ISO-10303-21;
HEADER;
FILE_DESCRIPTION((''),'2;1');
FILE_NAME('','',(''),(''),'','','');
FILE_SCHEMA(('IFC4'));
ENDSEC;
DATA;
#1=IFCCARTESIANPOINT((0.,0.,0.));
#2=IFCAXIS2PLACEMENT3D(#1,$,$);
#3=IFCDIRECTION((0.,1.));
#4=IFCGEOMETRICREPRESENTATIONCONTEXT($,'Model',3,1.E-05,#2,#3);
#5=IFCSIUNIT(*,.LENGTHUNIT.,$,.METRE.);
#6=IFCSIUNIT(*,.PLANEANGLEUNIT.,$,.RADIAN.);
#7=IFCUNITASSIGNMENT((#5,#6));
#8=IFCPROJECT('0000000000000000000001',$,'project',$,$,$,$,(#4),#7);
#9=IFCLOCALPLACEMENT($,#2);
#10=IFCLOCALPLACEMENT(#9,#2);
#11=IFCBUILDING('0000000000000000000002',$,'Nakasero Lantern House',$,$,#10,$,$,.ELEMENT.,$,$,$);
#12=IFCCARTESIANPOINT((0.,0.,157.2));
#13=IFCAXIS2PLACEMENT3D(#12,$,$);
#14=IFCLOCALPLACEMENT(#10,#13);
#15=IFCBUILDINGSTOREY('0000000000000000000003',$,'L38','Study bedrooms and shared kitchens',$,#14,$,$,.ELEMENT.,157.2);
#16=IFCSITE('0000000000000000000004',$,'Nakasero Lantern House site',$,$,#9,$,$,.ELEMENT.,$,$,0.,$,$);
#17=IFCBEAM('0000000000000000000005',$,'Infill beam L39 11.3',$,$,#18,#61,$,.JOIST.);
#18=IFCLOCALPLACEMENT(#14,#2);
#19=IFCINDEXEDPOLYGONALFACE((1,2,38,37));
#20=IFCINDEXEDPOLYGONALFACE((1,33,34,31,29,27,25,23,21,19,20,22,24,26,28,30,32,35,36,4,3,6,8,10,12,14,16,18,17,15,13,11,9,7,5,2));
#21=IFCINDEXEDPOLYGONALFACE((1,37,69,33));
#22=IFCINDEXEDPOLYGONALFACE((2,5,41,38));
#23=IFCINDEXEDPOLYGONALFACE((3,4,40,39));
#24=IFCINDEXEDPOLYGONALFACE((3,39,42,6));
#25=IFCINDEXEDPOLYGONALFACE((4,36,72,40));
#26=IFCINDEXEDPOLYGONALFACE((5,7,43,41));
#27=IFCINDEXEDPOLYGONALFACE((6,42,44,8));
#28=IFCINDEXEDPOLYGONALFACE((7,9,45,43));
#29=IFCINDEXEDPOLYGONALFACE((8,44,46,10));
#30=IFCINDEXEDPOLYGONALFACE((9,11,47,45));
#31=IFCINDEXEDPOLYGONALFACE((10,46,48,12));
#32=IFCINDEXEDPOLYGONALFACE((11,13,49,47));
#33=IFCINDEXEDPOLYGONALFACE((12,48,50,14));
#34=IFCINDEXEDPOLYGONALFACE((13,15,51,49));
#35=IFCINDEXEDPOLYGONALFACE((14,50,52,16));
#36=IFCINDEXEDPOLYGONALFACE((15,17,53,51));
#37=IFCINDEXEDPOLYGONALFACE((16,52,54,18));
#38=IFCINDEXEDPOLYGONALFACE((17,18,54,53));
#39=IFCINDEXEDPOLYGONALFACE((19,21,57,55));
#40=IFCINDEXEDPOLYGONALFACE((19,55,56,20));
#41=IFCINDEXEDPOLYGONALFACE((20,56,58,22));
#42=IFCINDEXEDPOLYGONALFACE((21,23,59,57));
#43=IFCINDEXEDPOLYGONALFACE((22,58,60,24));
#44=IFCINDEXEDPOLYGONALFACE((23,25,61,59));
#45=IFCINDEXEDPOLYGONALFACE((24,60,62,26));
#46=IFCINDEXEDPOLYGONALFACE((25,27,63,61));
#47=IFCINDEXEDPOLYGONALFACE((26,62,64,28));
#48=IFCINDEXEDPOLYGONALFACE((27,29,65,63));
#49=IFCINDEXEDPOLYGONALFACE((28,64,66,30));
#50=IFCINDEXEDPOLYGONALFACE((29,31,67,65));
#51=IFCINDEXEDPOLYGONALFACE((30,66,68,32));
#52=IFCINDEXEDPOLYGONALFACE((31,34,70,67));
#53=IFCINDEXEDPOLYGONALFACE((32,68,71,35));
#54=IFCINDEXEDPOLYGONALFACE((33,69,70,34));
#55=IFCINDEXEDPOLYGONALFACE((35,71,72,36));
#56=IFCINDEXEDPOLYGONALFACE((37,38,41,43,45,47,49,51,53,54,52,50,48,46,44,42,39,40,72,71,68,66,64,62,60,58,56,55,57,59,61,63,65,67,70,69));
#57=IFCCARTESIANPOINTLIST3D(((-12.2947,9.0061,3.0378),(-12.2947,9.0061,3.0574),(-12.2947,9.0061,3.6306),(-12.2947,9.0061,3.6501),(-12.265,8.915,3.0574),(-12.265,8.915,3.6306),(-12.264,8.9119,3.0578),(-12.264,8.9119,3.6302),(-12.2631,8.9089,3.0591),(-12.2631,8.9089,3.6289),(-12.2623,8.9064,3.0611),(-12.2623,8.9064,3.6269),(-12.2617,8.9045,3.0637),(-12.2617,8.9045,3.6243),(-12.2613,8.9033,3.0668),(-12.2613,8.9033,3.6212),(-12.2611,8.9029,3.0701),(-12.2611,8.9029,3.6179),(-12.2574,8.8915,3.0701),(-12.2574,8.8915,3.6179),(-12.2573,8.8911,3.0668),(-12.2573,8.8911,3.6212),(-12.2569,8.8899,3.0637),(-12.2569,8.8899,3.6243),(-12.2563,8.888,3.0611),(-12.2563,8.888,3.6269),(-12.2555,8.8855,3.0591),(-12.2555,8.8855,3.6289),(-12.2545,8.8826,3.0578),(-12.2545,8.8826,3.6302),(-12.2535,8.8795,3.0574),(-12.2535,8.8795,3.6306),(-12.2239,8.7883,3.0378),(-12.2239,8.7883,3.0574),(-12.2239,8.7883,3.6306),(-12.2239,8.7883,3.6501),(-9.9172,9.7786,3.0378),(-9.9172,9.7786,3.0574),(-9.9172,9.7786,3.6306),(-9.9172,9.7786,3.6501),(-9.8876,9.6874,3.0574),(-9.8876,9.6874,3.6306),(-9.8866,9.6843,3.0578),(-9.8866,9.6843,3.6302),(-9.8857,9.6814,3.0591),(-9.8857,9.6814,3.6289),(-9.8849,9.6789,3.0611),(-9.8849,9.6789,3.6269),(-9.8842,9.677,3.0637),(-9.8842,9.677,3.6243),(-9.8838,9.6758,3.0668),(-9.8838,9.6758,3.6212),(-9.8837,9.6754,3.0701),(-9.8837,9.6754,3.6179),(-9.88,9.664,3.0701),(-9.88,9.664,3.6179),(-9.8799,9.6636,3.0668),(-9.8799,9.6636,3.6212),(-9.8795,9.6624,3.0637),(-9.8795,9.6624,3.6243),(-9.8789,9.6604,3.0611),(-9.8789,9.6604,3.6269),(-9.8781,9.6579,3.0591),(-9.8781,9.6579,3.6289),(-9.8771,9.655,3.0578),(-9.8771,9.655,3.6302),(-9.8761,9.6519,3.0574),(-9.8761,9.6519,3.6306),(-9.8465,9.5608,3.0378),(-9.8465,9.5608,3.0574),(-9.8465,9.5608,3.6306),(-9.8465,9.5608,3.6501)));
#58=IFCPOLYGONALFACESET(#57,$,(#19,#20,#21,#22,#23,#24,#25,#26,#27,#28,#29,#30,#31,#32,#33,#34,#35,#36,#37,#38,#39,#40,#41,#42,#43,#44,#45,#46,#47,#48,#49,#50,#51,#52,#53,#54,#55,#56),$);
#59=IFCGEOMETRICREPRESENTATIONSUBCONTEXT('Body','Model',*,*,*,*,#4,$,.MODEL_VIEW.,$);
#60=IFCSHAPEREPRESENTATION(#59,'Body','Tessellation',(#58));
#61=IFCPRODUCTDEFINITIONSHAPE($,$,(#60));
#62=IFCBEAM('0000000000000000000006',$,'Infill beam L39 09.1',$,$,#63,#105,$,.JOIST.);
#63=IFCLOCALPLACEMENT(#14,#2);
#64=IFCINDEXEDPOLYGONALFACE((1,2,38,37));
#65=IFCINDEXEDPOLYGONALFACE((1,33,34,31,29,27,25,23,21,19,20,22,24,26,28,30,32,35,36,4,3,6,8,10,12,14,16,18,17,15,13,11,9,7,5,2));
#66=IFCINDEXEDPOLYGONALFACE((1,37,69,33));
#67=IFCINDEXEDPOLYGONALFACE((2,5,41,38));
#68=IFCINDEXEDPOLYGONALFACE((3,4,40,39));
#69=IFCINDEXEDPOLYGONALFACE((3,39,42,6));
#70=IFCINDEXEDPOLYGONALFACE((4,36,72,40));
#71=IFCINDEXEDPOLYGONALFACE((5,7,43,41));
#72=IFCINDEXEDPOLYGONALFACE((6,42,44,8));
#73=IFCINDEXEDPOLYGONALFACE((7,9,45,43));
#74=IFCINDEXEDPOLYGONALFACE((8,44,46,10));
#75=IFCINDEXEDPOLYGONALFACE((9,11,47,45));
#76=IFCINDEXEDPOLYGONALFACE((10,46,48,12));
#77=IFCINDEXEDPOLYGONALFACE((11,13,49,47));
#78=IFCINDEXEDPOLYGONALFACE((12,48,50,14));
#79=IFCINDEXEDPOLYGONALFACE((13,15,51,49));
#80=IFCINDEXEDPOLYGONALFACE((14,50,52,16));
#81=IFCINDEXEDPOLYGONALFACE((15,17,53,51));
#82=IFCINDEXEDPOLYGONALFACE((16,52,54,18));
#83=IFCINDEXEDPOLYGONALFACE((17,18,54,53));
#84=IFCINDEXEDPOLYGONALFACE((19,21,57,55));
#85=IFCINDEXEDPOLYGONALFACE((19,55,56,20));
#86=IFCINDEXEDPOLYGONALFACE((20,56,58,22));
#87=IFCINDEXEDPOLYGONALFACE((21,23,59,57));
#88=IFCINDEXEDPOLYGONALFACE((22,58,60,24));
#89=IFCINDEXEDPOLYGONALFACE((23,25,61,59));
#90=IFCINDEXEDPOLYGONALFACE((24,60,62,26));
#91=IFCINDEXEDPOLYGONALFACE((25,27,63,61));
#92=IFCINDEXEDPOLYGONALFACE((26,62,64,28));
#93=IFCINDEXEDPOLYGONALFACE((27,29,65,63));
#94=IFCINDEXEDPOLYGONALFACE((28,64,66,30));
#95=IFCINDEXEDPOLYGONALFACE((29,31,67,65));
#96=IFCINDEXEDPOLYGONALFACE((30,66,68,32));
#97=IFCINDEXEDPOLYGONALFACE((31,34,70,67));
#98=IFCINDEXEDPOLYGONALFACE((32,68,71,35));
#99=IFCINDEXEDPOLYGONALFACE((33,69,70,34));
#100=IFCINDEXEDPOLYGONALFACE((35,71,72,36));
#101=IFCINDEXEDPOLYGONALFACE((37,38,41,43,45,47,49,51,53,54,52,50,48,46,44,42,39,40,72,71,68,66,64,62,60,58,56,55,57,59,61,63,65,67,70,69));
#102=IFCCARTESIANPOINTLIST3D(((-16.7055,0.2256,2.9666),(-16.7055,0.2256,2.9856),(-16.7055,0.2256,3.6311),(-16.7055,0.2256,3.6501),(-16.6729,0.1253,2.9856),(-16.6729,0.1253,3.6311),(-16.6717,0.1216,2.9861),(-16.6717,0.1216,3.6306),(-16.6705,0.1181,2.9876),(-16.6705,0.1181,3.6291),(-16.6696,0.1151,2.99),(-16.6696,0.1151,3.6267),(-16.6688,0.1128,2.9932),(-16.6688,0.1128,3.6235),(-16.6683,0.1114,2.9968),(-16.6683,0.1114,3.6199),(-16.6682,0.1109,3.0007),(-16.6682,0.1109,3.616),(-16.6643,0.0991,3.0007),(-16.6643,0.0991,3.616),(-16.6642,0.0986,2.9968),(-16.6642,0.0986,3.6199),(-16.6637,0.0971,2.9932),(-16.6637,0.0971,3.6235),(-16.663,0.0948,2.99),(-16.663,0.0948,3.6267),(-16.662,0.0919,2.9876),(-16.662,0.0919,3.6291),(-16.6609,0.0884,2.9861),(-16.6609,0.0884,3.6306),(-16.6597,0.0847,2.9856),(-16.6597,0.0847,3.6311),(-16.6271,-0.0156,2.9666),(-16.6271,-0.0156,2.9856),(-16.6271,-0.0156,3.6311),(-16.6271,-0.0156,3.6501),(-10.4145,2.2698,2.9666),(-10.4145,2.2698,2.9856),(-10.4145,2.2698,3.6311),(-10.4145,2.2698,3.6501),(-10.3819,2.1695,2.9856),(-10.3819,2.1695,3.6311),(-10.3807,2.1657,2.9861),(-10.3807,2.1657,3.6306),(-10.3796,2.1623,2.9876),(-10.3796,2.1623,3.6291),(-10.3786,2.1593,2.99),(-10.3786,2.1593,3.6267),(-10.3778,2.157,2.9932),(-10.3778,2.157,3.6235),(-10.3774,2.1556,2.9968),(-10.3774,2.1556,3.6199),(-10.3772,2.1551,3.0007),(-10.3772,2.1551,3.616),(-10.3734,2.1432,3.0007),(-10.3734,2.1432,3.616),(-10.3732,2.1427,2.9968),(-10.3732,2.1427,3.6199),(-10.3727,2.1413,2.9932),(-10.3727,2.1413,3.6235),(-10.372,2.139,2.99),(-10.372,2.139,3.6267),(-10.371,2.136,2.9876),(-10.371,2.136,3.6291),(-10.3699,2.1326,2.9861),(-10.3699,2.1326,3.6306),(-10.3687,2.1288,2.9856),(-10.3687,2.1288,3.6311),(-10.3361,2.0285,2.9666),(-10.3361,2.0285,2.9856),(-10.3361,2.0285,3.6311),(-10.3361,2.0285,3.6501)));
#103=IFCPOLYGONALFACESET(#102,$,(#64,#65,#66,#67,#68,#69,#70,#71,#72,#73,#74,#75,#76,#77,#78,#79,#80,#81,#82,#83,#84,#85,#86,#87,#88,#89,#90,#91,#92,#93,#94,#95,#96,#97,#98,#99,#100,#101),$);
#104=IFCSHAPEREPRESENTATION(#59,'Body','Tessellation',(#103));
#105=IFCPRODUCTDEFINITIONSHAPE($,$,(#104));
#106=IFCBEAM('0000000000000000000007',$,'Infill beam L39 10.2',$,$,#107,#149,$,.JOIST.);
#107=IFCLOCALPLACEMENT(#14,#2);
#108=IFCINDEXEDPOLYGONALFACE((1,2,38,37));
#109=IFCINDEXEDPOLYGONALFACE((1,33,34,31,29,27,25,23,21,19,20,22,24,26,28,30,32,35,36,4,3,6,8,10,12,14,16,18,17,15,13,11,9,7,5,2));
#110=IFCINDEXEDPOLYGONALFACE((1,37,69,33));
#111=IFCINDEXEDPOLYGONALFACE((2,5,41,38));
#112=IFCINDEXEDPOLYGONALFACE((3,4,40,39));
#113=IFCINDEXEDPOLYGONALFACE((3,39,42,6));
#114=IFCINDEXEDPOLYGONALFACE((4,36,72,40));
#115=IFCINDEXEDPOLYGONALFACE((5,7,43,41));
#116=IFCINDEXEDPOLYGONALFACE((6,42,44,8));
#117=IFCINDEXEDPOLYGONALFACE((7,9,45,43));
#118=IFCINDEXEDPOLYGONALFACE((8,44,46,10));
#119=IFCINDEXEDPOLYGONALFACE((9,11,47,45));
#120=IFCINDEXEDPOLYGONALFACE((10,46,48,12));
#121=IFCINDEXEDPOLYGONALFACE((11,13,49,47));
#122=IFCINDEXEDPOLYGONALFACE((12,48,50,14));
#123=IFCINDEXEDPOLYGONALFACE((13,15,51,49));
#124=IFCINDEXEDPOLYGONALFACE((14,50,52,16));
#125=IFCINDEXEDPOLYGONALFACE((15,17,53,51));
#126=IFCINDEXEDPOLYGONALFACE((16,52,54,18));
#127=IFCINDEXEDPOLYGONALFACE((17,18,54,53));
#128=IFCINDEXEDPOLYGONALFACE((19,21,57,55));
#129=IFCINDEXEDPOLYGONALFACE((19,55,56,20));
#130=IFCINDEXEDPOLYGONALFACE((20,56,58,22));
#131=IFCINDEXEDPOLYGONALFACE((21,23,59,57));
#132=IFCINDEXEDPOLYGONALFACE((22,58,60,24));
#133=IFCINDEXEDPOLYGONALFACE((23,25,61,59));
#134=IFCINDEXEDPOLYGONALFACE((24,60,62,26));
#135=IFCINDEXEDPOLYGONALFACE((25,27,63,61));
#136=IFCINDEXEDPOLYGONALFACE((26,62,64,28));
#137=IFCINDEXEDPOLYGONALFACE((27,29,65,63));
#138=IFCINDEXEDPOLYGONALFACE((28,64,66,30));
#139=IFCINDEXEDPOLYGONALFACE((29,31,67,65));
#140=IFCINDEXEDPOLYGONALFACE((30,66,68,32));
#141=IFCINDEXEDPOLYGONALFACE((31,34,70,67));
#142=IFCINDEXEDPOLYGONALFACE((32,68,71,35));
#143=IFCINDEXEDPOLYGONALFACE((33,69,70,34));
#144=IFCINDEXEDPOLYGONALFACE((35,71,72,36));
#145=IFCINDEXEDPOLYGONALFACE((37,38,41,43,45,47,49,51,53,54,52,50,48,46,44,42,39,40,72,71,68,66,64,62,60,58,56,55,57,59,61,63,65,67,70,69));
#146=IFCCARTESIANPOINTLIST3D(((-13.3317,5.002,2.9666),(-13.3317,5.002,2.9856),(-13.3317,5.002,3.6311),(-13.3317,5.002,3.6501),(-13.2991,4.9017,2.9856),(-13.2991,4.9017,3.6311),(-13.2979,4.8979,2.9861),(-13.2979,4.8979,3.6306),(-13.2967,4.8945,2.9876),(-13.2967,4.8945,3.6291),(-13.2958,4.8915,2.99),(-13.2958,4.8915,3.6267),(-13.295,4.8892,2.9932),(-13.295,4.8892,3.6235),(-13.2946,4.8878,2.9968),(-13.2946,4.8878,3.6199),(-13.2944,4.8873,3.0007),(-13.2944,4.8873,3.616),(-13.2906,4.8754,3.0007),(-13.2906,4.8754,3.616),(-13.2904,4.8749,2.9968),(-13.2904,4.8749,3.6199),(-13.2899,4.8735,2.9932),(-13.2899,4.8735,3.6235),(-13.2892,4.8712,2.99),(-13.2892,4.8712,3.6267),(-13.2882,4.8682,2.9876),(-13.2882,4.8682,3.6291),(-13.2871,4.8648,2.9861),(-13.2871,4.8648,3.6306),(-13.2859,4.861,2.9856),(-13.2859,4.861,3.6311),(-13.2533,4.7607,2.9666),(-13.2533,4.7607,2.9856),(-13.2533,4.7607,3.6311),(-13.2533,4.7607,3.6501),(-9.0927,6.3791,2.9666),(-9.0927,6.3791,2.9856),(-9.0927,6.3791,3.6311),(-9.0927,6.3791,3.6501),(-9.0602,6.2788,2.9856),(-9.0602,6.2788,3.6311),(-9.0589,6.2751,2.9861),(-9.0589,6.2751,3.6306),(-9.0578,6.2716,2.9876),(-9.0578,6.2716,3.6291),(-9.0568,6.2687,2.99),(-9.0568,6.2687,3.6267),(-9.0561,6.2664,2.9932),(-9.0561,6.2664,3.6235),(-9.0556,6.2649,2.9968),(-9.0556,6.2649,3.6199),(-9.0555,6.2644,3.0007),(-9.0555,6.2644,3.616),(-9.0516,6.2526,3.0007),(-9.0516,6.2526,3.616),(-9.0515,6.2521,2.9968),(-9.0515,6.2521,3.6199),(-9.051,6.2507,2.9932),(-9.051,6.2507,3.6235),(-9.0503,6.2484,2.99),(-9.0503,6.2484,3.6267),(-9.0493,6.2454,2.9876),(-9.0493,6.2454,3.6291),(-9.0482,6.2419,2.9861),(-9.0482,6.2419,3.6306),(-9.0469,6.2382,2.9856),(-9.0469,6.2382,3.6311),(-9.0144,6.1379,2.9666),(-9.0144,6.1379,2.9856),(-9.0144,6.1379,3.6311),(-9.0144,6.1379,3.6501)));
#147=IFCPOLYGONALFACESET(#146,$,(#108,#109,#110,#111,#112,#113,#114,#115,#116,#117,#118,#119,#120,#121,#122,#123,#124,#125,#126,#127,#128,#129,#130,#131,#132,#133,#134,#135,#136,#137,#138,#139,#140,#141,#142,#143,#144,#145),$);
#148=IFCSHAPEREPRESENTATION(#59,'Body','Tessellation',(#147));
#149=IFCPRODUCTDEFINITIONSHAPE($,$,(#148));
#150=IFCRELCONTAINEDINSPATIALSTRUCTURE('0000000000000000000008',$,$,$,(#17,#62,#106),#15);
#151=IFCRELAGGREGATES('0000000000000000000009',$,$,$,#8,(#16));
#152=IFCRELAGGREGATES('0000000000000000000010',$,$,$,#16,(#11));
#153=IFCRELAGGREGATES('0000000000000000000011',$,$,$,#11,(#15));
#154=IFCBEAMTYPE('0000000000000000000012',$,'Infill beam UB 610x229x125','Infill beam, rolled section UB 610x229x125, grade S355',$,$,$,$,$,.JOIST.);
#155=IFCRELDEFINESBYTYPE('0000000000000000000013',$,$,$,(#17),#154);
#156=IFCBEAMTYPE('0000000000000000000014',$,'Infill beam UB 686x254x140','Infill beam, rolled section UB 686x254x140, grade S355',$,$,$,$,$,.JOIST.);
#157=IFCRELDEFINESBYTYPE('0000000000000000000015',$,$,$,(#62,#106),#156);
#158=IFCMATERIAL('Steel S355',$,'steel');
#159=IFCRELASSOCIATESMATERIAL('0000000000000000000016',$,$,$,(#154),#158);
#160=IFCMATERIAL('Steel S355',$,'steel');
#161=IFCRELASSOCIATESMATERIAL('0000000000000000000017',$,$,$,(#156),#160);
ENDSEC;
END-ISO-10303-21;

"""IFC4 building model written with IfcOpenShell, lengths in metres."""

from ifc_helpers import new_model, si_unit, direction, frame, origin, origin_2d, place, context, subcontext, project, spatial, i_section, extrude, material, material_profile, profile_set, type_object, element, save


model = new_model("IFC4")

# Units and contexts
model_context = context("Model", 3, precision=1e-05, world=origin(), true_north=direction((0.0, 1.0)))
body_context = subcontext(model_context, "Body", "Model", "MODEL_VIEW")
ifc_project = project(units=[si_unit("LENGTHUNIT", "METRE"), si_unit("PLANEANGLEUNIT", "RADIAN")], contexts=[model_context])

# Site, building, storey
site_placement = place(None, origin())
site = spatial("IfcSite", under=ifc_project, at=site_placement, Name="Nakasero Lantern House site", CompositionType="ELEMENT", RefElevation=0.0)
building_placement = place(site_placement, origin())
building = spatial("IfcBuilding", under=site, at=building_placement, Name="Nakasero Lantern House", CompositionType="ELEMENT")
storey_placement = place(building_placement, frame((0.0, 0.0, 157.2)))
storey = spatial("IfcBuildingStorey", under=building, at=storey_placement, Name="L38", Description="Study bedrooms and shared kitchens", CompositionType="ELEMENT", Elevation=157.2)

# Beams
ifc_material_1 = material(Name="Steel S355", Category="steel")
ifc_material_profile_1 = material_profile(ifc_material_1, i_section(OverallWidth=0.229, OverallDepth=0.6123, WebThickness=0.012, FlangeThickness=0.0195, FilletRadius=0.0127, at=origin_2d()), Name="UB 610x229x125")
ifc_profile_set_1 = profile_set([ifc_material_profile_1], Name="Steel S355")
beam_type_1 = type_object("IfcBeamType", Name="Infill beam UB 610x229x125", Description="Infill beam, rolled section UB 610x229x125, grade S355", PredefinedType="JOIST", material=ifc_profile_set_1)
beam_1_placement = place(storey_placement, frame((-12.2593, 8.8972, 3.344), z_axis=(0.951058, 0.309011, 0.0), x_axis=(-0.309011, 0.951058, 0.0)))
element("IfcBeam", 1, at=beam_1_placement, inside=storey, type_object=beam_type_1, Name="Infill beam L39 11.3", PredefinedType="JOIST", context=body_context, shape_type="SweptSolid", body=[
    extrude(i_section(OverallWidth=0.229, OverallDepth=0.6123, WebThickness=0.012, FlangeThickness=0.0195, FilletRadius=0.0127, at=origin_2d()), origin(), (0.0, 0.0, 1.0), 2.4998),
])
ifc_material_2 = material(Name="Steel S355", Category="steel")
ifc_material_profile_2 = material_profile(ifc_material_2, i_section(OverallWidth=0.2537, OverallDepth=0.6836, WebThickness=0.0125, FlangeThickness=0.019, FilletRadius=0.0151, at=origin_2d()), Name="UB 686x254x140")
ifc_profile_set_2 = profile_set([ifc_material_profile_2], Name="Steel S355")
beam_type_2 = type_object("IfcBeamType", Name="Infill beam UB 686x254x140", Description="Infill beam, rolled section UB 686x254x140, grade S355", PredefinedType="JOIST", material=ifc_profile_set_2)
beam_2_placement = place(storey_placement, frame((-16.6663, 0.105, 3.3083), z_axis=(0.951051, 0.309033, 0.0), x_axis=(-0.309033, 0.951051, 0.0)))
element("IfcBeam", 2, at=beam_2_placement, inside=storey, type_object=beam_type_2, Name="Infill beam L39 09.1", PredefinedType="JOIST", context=body_context, shape_type="SweptSolid", body=[
    extrude(i_section(OverallWidth=0.2537, OverallDepth=0.6836, WebThickness=0.0125, FlangeThickness=0.019, FilletRadius=0.0151, at=origin_2d()), origin(), (0.0, 0.0, 1.0), 6.6147),
])
beam_3_placement = place(storey_placement, frame((-13.2925, 4.8813, 3.3083), z_axis=(0.951066, 0.308988, 0.0), x_axis=(-0.308988, 0.951066, 0.0)))
element("IfcBeam", 3, at=beam_3_placement, inside=storey, type_object=beam_type_2, Name="Infill beam L39 10.2", PredefinedType="JOIST", context=body_context, shape_type="SweptSolid", body=[
    extrude(i_section(OverallWidth=0.2537, OverallDepth=0.6836, WebThickness=0.0125, FlangeThickness=0.019, FilletRadius=0.0151, at=origin_2d()), origin(), (0.0, 0.0, 1.0), 4.457),
])

save(model, "model.ifc")
